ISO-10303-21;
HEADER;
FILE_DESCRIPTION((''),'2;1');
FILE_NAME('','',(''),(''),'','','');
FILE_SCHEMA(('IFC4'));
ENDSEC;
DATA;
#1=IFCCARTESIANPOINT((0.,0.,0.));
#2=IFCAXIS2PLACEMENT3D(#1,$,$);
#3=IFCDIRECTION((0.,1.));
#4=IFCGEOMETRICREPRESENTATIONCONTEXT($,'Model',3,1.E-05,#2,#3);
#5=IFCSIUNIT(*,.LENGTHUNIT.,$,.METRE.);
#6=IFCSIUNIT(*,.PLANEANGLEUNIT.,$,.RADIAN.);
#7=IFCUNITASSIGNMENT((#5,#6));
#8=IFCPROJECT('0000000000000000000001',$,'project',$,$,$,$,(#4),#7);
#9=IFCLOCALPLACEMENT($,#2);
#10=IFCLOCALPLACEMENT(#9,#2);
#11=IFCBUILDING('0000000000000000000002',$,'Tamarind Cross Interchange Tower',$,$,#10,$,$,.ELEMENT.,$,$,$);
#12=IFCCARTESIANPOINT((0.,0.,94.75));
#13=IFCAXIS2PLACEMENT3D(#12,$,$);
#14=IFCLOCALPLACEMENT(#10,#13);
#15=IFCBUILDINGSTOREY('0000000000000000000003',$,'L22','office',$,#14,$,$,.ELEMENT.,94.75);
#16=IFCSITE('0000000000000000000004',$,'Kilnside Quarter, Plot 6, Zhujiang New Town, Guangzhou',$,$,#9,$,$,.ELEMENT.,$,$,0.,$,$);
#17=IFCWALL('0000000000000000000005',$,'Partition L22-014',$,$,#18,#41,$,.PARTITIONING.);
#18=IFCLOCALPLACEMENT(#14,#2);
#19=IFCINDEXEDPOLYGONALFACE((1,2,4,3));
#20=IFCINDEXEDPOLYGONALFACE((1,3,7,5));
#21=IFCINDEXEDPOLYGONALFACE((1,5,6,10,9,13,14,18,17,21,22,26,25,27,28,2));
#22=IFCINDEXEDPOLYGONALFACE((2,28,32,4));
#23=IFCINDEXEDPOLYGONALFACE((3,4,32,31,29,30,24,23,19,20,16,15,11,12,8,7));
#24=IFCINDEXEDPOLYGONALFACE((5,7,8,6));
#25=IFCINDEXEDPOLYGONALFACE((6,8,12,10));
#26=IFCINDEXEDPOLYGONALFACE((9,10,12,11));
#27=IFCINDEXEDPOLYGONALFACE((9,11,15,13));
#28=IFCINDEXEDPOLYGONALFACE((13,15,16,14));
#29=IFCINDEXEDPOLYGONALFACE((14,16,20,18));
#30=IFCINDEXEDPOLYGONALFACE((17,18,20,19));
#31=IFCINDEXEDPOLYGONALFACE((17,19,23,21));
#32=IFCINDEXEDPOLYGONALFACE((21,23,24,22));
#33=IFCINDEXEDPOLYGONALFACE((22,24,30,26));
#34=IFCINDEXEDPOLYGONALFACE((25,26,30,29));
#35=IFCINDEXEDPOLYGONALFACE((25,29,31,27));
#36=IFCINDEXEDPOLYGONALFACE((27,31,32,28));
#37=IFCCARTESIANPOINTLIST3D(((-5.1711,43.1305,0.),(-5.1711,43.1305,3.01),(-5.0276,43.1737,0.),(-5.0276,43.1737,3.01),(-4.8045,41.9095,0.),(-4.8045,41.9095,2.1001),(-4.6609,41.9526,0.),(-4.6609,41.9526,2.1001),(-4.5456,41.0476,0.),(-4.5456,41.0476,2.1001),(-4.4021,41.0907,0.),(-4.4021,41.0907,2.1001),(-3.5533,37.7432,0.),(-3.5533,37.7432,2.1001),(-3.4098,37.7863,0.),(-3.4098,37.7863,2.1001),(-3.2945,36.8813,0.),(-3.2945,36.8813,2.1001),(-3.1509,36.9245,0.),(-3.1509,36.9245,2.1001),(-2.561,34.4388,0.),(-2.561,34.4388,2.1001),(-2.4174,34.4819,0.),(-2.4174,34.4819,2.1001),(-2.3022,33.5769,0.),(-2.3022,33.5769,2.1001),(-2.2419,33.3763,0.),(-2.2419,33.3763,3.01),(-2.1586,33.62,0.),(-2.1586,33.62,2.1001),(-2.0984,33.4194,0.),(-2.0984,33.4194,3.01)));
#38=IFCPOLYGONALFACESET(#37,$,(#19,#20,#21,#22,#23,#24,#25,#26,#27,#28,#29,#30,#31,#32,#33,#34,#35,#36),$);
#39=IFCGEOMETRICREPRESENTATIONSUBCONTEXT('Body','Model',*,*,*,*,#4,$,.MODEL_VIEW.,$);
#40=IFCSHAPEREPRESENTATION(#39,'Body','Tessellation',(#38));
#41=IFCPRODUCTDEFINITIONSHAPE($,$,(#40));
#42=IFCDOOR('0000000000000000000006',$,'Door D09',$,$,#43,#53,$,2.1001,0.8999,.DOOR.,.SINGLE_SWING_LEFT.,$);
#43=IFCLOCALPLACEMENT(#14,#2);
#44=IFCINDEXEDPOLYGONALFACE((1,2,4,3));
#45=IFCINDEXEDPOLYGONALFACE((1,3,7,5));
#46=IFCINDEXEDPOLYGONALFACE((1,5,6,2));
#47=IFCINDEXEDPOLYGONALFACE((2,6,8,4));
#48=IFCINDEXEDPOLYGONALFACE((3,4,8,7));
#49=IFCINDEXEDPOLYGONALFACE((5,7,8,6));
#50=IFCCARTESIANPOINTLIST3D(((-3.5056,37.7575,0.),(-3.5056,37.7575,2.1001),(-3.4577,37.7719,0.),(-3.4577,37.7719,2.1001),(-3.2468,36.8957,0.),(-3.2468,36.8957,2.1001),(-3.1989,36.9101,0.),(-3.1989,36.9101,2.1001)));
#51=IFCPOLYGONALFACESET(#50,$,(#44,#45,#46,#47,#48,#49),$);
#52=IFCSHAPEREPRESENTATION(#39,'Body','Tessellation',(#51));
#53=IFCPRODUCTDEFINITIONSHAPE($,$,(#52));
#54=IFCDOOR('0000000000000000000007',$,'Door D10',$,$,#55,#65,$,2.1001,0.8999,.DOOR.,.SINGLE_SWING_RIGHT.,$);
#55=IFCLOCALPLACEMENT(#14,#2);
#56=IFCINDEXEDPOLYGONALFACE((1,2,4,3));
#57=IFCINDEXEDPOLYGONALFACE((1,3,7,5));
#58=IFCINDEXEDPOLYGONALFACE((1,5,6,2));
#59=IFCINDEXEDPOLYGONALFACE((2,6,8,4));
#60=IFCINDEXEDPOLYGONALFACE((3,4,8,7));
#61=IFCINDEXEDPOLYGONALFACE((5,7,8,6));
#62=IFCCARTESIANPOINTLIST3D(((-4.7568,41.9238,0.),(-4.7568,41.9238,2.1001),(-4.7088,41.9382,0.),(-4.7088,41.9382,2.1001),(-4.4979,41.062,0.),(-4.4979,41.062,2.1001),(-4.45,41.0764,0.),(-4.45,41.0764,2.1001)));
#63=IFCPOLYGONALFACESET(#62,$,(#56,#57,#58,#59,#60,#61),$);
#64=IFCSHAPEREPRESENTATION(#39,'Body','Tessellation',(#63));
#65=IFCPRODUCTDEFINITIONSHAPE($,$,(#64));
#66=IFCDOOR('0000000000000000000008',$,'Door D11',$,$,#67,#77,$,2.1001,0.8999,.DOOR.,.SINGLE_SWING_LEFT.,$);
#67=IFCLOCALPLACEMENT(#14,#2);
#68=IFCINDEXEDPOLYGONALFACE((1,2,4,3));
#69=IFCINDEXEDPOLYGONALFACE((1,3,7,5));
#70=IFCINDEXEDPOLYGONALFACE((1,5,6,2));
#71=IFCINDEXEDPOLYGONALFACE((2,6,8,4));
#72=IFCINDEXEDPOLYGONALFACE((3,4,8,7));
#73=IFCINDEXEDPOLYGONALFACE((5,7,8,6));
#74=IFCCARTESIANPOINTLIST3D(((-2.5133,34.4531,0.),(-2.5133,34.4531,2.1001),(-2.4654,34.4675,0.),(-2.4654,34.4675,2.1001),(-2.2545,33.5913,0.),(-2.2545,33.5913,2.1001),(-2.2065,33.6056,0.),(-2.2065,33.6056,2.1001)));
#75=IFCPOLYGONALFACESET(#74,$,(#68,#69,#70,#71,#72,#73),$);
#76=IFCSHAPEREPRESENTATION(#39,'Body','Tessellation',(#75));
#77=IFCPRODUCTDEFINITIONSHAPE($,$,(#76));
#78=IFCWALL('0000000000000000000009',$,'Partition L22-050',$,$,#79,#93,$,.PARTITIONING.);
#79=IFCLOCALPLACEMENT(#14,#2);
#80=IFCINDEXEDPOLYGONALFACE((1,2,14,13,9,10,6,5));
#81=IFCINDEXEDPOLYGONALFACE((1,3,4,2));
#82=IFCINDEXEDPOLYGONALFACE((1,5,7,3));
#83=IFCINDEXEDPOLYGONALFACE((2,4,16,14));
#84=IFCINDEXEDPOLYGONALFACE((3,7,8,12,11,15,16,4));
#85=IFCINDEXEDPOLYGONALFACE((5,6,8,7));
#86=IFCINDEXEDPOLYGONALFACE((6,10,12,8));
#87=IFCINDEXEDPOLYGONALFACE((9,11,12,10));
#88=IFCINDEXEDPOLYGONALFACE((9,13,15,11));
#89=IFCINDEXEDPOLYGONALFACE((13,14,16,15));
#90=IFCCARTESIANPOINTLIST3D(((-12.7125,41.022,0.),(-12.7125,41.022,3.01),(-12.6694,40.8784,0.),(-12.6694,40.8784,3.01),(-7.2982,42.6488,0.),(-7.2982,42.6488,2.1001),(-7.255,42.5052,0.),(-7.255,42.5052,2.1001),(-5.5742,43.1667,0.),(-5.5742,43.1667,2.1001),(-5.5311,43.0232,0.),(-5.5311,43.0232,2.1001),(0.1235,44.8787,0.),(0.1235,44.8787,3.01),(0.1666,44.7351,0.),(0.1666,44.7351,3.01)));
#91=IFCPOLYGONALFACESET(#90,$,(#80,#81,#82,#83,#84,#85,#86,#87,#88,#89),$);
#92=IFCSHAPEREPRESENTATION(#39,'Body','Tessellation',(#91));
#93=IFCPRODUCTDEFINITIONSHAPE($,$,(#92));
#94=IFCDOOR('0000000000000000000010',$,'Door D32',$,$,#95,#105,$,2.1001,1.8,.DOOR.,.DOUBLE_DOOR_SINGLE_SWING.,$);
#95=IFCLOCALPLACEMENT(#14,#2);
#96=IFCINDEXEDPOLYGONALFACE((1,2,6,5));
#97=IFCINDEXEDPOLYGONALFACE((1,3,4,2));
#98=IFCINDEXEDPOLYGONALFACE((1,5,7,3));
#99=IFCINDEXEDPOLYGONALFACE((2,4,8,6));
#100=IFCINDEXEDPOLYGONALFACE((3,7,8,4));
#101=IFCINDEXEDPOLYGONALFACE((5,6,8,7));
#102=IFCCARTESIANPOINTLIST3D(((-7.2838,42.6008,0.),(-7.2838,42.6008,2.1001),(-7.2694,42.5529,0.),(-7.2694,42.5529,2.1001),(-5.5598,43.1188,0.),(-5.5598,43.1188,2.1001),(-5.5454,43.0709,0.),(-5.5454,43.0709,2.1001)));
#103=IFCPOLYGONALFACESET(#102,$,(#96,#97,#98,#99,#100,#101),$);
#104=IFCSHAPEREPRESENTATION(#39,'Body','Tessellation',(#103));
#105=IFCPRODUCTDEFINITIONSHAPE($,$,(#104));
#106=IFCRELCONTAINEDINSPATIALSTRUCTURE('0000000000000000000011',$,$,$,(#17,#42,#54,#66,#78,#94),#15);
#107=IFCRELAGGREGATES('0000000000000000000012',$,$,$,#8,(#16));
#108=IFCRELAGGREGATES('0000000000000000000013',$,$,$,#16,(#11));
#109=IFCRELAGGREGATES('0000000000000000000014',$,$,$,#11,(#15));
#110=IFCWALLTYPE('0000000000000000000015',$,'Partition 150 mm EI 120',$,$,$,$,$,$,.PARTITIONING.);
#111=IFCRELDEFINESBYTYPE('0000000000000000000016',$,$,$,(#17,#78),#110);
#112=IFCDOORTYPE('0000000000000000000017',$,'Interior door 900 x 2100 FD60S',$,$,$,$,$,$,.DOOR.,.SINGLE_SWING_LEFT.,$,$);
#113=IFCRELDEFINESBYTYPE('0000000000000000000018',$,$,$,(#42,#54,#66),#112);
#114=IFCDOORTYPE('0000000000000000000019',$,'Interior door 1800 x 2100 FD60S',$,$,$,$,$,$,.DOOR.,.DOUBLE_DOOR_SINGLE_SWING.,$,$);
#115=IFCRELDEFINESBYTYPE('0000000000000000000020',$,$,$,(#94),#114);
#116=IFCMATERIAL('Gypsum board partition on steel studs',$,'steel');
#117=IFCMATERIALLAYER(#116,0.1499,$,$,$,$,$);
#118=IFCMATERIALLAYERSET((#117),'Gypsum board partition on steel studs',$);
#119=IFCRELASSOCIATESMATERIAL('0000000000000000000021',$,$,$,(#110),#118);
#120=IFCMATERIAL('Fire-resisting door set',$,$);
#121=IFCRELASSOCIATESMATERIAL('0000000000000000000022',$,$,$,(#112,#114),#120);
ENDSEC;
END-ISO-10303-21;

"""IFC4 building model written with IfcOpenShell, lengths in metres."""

from ifc_helpers import new_model, si_unit, direction, frame, frame_2d, origin, place, context, subcontext, project, spatial, rectangle, extrude, material, layer, layer_set, type_object, element, fill, save


model = new_model("IFC4")

# Units and contexts
model_context = context("Model", 3, precision=1e-05, world=origin(), true_north=direction((0.0, 1.0)))
body_context = subcontext(model_context, "Body", "Model", "MODEL_VIEW")
ifc_project = project(units=[si_unit("LENGTHUNIT", "METRE"), si_unit("PLANEANGLEUNIT", "RADIAN")], contexts=[model_context])

# Site, building, storey
site_placement = place(None, origin())
site = spatial("IfcSite", under=ifc_project, at=site_placement, Name="Kilnside Quarter, Plot 6, Zhujiang New Town, Guangzhou", CompositionType="ELEMENT", RefElevation=0.0)
building_placement = place(site_placement, origin())
building = spatial("IfcBuilding", under=site, at=building_placement, Name="Tamarind Cross Interchange Tower", CompositionType="ELEMENT")
storey_placement = place(building_placement, frame((0.0, 0.0, 94.75)))
storey = spatial("IfcBuildingStorey", under=building, at=storey_placement, Name="L22", Description="office", CompositionType="ELEMENT", Elevation=94.75)

# Shared definitions
ifc_material_1 = material(Name="Gypsum board partition on steel studs", Category="steel")

# Wall, openings, doors
ifc_layer_1 = layer(ifc_material_1, 0.1499)
ifc_layer_set_1 = layer_set([ifc_layer_1], Name="Gypsum board partition on steel studs")
wall_type_1 = type_object("IfcWallType", Name="Partition 150 mm EI 120", PredefinedType="PARTITIONING", material=ifc_layer_set_1)
ifc_material_2 = material(Name="Fire-resisting door set")
door_type_1 = type_object("IfcDoorType", Name="Interior door 900 x 2100 FD60S", OperationType="SINGLE_SWING_LEFT", PredefinedType="DOOR", material=ifc_material_2)
wall_1_placement = place(storey_placement, frame((-5.0994, 43.1521, 0.0), z_axis=(0.0, 0.0, 1.0), x_axis=(0.287614, -0.957746, 0.0)))
wall_1 = element("IfcWall", 1, at=wall_1_placement, inside=storey, type_object=wall_type_1, Name="Partition L22-014", PredefinedType="PARTITIONING", context=body_context, shape_type="SweptSolid", body=[
    extrude(rectangle(XDim=10.1846, YDim=0.1499, at=frame_2d((5.0923, 0.0))), origin(), (0.0, 0.0, 1.0), 3.01),
])
opening_1_placement = place(wall_1_placement, frame((5.625, 0.0, 0.0)))
opening_1 = element("IfcOpeningElement", 2, at=opening_1_placement, cuts=wall_1, PredefinedType="OPENING", context=body_context, shape_type="SweptSolid", body=[
    extrude(rectangle(XDim=0.8999, YDim=2.1001, at=frame_2d((0.45, 1.05))), frame((0.0, 0.085, 0.0), z_axis=(0.0, -1.0, 0.0), x_axis=(1.0, 0.0, 0.0)), (0.0, 0.0, 1.0), 0.1699),
])
opening_2_placement = place(wall_1_placement, frame((1.2749, 0.0, 0.0)))
opening_2 = element("IfcOpeningElement", 3, at=opening_2_placement, cuts=wall_1, PredefinedType="OPENING", context=body_context, shape_type="SweptSolid", body=[
    extrude(rectangle(XDim=0.8999, YDim=2.1001, at=frame_2d((0.45, 1.05))), frame((0.0, 0.085, 0.0), z_axis=(0.0, -1.0, 0.0), x_axis=(1.0, 0.0, 0.0)), (0.0, 0.0, 1.0), 0.1699),
])
opening_3_placement = place(wall_1_placement, frame((9.0752, 0.0, 0.0)))
opening_3 = element("IfcOpeningElement", 4, at=opening_3_placement, cuts=wall_1, PredefinedType="OPENING", context=body_context, shape_type="SweptSolid", body=[
    extrude(rectangle(XDim=0.8999, YDim=2.1001, at=frame_2d((0.45, 1.05))), frame((0.0, 0.085, 0.0), z_axis=(0.0, -1.0, 0.0), x_axis=(1.0, 0.0, 0.0)), (0.0, 0.0, 1.0), 0.1699),
])
door_1_placement = place(opening_1_placement, origin())
door_1 = element("IfcDoor", 5, at=door_1_placement, inside=storey, type_object=door_type_1, Name="Door D09", OperationType="SINGLE_SWING_LEFT", OverallHeight=2.1001, OverallWidth=0.8999, PredefinedType="DOOR", context=body_context, shape_type="SweptSolid", body=[
    extrude(rectangle(XDim=0.8999, YDim=2.1001, at=frame_2d((0.45, 1.05))), frame((0.0, 0.0249, 0.0), z_axis=(0.0, -1.0, 0.0), x_axis=(1.0, 0.0, 0.0)), (0.0, 0.0, 1.0), 0.05),
])
fill(opening_1, door_1)
door_2_placement = place(opening_2_placement, origin())
door_2 = element("IfcDoor", 6, at=door_2_placement, inside=storey, type_object=door_type_1, Name="Door D10", OperationType="SINGLE_SWING_RIGHT", OverallHeight=2.1001, OverallWidth=0.8999, PredefinedType="DOOR", context=body_context, shape_type="SweptSolid", body=[
    extrude(rectangle(XDim=0.8999, YDim=2.1001, at=frame_2d((0.45, 1.05))), frame((0.0, 0.0249, 0.0), z_axis=(0.0, -1.0, 0.0), x_axis=(1.0, 0.0, 0.0)), (0.0, 0.0, 1.0), 0.05),
])
fill(opening_2, door_2)
door_3_placement = place(opening_3_placement, origin())
door_3 = element("IfcDoor", 7, at=door_3_placement, inside=storey, type_object=door_type_1, Name="Door D11", OperationType="SINGLE_SWING_LEFT", OverallHeight=2.1001, OverallWidth=0.8999, PredefinedType="DOOR", context=body_context, shape_type="SweptSolid", body=[
    extrude(rectangle(XDim=0.8999, YDim=2.1001, at=frame_2d((0.45, 1.05))), frame((0.0, 0.0249, 0.0), z_axis=(0.0, -1.0, 0.0), x_axis=(1.0, 0.0, 0.0)), (0.0, 0.0, 1.0), 0.05),
])
fill(opening_3, door_3)

# Wall, opening, door
wall_2_placement = place(storey_placement, frame((-12.6909, 40.9502, 0.0), z_axis=(0.0, 0.0, 1.0), x_axis=(0.957705, 0.287752, 0.0)))
wall_2 = element("IfcWall", 8, at=wall_2_placement, inside=storey, type_object=wall_type_1, Name="Partition L22-050", PredefinedType="PARTITIONING", context=body_context, shape_type="SweptSolid", body=[
    extrude(rectangle(XDim=13.4028, YDim=0.1499, at=frame_2d((6.7014, 0.0))), origin(), (0.0, 0.0, 1.0), 3.01),
])
opening_4_placement = place(wall_2_placement, frame((5.6536, 0.0, 0.0)))
opening_4 = element("IfcOpeningElement", 9, at=opening_4_placement, cuts=wall_2, PredefinedType="OPENING", context=body_context, shape_type="SweptSolid", body=[
    extrude(rectangle(XDim=1.8, YDim=2.1001, at=frame_2d((0.8999, 1.05))), frame((0.0, 0.085, 0.0), z_axis=(0.0, -1.0, 0.0), x_axis=(1.0, 0.0, 0.0)), (0.0, 0.0, 1.0), 0.1699),
])
door_type_2 = type_object("IfcDoorType", Name="Interior door 1800 x 2100 FD60S", OperationType="DOUBLE_DOOR_SINGLE_SWING", PredefinedType="DOOR", material=ifc_material_2)
door_4_placement = place(opening_4_placement, origin())
door_4 = element("IfcDoor", 10, at=door_4_placement, inside=storey, type_object=door_type_2, Name="Door D32", OperationType="DOUBLE_DOOR_SINGLE_SWING", OverallHeight=2.1001, OverallWidth=1.8, PredefinedType="DOOR", context=body_context, shape_type="SweptSolid", body=[
    extrude(rectangle(XDim=1.8, YDim=2.1001, at=frame_2d((0.8999, 1.05))), frame((0.0, 0.0249, 0.0), z_axis=(0.0, -1.0, 0.0), x_axis=(1.0, 0.0, 0.0)), (0.0, 0.0, 1.0), 0.05),
])
fill(opening_4, door_4)

save(model, "model.ifc")
